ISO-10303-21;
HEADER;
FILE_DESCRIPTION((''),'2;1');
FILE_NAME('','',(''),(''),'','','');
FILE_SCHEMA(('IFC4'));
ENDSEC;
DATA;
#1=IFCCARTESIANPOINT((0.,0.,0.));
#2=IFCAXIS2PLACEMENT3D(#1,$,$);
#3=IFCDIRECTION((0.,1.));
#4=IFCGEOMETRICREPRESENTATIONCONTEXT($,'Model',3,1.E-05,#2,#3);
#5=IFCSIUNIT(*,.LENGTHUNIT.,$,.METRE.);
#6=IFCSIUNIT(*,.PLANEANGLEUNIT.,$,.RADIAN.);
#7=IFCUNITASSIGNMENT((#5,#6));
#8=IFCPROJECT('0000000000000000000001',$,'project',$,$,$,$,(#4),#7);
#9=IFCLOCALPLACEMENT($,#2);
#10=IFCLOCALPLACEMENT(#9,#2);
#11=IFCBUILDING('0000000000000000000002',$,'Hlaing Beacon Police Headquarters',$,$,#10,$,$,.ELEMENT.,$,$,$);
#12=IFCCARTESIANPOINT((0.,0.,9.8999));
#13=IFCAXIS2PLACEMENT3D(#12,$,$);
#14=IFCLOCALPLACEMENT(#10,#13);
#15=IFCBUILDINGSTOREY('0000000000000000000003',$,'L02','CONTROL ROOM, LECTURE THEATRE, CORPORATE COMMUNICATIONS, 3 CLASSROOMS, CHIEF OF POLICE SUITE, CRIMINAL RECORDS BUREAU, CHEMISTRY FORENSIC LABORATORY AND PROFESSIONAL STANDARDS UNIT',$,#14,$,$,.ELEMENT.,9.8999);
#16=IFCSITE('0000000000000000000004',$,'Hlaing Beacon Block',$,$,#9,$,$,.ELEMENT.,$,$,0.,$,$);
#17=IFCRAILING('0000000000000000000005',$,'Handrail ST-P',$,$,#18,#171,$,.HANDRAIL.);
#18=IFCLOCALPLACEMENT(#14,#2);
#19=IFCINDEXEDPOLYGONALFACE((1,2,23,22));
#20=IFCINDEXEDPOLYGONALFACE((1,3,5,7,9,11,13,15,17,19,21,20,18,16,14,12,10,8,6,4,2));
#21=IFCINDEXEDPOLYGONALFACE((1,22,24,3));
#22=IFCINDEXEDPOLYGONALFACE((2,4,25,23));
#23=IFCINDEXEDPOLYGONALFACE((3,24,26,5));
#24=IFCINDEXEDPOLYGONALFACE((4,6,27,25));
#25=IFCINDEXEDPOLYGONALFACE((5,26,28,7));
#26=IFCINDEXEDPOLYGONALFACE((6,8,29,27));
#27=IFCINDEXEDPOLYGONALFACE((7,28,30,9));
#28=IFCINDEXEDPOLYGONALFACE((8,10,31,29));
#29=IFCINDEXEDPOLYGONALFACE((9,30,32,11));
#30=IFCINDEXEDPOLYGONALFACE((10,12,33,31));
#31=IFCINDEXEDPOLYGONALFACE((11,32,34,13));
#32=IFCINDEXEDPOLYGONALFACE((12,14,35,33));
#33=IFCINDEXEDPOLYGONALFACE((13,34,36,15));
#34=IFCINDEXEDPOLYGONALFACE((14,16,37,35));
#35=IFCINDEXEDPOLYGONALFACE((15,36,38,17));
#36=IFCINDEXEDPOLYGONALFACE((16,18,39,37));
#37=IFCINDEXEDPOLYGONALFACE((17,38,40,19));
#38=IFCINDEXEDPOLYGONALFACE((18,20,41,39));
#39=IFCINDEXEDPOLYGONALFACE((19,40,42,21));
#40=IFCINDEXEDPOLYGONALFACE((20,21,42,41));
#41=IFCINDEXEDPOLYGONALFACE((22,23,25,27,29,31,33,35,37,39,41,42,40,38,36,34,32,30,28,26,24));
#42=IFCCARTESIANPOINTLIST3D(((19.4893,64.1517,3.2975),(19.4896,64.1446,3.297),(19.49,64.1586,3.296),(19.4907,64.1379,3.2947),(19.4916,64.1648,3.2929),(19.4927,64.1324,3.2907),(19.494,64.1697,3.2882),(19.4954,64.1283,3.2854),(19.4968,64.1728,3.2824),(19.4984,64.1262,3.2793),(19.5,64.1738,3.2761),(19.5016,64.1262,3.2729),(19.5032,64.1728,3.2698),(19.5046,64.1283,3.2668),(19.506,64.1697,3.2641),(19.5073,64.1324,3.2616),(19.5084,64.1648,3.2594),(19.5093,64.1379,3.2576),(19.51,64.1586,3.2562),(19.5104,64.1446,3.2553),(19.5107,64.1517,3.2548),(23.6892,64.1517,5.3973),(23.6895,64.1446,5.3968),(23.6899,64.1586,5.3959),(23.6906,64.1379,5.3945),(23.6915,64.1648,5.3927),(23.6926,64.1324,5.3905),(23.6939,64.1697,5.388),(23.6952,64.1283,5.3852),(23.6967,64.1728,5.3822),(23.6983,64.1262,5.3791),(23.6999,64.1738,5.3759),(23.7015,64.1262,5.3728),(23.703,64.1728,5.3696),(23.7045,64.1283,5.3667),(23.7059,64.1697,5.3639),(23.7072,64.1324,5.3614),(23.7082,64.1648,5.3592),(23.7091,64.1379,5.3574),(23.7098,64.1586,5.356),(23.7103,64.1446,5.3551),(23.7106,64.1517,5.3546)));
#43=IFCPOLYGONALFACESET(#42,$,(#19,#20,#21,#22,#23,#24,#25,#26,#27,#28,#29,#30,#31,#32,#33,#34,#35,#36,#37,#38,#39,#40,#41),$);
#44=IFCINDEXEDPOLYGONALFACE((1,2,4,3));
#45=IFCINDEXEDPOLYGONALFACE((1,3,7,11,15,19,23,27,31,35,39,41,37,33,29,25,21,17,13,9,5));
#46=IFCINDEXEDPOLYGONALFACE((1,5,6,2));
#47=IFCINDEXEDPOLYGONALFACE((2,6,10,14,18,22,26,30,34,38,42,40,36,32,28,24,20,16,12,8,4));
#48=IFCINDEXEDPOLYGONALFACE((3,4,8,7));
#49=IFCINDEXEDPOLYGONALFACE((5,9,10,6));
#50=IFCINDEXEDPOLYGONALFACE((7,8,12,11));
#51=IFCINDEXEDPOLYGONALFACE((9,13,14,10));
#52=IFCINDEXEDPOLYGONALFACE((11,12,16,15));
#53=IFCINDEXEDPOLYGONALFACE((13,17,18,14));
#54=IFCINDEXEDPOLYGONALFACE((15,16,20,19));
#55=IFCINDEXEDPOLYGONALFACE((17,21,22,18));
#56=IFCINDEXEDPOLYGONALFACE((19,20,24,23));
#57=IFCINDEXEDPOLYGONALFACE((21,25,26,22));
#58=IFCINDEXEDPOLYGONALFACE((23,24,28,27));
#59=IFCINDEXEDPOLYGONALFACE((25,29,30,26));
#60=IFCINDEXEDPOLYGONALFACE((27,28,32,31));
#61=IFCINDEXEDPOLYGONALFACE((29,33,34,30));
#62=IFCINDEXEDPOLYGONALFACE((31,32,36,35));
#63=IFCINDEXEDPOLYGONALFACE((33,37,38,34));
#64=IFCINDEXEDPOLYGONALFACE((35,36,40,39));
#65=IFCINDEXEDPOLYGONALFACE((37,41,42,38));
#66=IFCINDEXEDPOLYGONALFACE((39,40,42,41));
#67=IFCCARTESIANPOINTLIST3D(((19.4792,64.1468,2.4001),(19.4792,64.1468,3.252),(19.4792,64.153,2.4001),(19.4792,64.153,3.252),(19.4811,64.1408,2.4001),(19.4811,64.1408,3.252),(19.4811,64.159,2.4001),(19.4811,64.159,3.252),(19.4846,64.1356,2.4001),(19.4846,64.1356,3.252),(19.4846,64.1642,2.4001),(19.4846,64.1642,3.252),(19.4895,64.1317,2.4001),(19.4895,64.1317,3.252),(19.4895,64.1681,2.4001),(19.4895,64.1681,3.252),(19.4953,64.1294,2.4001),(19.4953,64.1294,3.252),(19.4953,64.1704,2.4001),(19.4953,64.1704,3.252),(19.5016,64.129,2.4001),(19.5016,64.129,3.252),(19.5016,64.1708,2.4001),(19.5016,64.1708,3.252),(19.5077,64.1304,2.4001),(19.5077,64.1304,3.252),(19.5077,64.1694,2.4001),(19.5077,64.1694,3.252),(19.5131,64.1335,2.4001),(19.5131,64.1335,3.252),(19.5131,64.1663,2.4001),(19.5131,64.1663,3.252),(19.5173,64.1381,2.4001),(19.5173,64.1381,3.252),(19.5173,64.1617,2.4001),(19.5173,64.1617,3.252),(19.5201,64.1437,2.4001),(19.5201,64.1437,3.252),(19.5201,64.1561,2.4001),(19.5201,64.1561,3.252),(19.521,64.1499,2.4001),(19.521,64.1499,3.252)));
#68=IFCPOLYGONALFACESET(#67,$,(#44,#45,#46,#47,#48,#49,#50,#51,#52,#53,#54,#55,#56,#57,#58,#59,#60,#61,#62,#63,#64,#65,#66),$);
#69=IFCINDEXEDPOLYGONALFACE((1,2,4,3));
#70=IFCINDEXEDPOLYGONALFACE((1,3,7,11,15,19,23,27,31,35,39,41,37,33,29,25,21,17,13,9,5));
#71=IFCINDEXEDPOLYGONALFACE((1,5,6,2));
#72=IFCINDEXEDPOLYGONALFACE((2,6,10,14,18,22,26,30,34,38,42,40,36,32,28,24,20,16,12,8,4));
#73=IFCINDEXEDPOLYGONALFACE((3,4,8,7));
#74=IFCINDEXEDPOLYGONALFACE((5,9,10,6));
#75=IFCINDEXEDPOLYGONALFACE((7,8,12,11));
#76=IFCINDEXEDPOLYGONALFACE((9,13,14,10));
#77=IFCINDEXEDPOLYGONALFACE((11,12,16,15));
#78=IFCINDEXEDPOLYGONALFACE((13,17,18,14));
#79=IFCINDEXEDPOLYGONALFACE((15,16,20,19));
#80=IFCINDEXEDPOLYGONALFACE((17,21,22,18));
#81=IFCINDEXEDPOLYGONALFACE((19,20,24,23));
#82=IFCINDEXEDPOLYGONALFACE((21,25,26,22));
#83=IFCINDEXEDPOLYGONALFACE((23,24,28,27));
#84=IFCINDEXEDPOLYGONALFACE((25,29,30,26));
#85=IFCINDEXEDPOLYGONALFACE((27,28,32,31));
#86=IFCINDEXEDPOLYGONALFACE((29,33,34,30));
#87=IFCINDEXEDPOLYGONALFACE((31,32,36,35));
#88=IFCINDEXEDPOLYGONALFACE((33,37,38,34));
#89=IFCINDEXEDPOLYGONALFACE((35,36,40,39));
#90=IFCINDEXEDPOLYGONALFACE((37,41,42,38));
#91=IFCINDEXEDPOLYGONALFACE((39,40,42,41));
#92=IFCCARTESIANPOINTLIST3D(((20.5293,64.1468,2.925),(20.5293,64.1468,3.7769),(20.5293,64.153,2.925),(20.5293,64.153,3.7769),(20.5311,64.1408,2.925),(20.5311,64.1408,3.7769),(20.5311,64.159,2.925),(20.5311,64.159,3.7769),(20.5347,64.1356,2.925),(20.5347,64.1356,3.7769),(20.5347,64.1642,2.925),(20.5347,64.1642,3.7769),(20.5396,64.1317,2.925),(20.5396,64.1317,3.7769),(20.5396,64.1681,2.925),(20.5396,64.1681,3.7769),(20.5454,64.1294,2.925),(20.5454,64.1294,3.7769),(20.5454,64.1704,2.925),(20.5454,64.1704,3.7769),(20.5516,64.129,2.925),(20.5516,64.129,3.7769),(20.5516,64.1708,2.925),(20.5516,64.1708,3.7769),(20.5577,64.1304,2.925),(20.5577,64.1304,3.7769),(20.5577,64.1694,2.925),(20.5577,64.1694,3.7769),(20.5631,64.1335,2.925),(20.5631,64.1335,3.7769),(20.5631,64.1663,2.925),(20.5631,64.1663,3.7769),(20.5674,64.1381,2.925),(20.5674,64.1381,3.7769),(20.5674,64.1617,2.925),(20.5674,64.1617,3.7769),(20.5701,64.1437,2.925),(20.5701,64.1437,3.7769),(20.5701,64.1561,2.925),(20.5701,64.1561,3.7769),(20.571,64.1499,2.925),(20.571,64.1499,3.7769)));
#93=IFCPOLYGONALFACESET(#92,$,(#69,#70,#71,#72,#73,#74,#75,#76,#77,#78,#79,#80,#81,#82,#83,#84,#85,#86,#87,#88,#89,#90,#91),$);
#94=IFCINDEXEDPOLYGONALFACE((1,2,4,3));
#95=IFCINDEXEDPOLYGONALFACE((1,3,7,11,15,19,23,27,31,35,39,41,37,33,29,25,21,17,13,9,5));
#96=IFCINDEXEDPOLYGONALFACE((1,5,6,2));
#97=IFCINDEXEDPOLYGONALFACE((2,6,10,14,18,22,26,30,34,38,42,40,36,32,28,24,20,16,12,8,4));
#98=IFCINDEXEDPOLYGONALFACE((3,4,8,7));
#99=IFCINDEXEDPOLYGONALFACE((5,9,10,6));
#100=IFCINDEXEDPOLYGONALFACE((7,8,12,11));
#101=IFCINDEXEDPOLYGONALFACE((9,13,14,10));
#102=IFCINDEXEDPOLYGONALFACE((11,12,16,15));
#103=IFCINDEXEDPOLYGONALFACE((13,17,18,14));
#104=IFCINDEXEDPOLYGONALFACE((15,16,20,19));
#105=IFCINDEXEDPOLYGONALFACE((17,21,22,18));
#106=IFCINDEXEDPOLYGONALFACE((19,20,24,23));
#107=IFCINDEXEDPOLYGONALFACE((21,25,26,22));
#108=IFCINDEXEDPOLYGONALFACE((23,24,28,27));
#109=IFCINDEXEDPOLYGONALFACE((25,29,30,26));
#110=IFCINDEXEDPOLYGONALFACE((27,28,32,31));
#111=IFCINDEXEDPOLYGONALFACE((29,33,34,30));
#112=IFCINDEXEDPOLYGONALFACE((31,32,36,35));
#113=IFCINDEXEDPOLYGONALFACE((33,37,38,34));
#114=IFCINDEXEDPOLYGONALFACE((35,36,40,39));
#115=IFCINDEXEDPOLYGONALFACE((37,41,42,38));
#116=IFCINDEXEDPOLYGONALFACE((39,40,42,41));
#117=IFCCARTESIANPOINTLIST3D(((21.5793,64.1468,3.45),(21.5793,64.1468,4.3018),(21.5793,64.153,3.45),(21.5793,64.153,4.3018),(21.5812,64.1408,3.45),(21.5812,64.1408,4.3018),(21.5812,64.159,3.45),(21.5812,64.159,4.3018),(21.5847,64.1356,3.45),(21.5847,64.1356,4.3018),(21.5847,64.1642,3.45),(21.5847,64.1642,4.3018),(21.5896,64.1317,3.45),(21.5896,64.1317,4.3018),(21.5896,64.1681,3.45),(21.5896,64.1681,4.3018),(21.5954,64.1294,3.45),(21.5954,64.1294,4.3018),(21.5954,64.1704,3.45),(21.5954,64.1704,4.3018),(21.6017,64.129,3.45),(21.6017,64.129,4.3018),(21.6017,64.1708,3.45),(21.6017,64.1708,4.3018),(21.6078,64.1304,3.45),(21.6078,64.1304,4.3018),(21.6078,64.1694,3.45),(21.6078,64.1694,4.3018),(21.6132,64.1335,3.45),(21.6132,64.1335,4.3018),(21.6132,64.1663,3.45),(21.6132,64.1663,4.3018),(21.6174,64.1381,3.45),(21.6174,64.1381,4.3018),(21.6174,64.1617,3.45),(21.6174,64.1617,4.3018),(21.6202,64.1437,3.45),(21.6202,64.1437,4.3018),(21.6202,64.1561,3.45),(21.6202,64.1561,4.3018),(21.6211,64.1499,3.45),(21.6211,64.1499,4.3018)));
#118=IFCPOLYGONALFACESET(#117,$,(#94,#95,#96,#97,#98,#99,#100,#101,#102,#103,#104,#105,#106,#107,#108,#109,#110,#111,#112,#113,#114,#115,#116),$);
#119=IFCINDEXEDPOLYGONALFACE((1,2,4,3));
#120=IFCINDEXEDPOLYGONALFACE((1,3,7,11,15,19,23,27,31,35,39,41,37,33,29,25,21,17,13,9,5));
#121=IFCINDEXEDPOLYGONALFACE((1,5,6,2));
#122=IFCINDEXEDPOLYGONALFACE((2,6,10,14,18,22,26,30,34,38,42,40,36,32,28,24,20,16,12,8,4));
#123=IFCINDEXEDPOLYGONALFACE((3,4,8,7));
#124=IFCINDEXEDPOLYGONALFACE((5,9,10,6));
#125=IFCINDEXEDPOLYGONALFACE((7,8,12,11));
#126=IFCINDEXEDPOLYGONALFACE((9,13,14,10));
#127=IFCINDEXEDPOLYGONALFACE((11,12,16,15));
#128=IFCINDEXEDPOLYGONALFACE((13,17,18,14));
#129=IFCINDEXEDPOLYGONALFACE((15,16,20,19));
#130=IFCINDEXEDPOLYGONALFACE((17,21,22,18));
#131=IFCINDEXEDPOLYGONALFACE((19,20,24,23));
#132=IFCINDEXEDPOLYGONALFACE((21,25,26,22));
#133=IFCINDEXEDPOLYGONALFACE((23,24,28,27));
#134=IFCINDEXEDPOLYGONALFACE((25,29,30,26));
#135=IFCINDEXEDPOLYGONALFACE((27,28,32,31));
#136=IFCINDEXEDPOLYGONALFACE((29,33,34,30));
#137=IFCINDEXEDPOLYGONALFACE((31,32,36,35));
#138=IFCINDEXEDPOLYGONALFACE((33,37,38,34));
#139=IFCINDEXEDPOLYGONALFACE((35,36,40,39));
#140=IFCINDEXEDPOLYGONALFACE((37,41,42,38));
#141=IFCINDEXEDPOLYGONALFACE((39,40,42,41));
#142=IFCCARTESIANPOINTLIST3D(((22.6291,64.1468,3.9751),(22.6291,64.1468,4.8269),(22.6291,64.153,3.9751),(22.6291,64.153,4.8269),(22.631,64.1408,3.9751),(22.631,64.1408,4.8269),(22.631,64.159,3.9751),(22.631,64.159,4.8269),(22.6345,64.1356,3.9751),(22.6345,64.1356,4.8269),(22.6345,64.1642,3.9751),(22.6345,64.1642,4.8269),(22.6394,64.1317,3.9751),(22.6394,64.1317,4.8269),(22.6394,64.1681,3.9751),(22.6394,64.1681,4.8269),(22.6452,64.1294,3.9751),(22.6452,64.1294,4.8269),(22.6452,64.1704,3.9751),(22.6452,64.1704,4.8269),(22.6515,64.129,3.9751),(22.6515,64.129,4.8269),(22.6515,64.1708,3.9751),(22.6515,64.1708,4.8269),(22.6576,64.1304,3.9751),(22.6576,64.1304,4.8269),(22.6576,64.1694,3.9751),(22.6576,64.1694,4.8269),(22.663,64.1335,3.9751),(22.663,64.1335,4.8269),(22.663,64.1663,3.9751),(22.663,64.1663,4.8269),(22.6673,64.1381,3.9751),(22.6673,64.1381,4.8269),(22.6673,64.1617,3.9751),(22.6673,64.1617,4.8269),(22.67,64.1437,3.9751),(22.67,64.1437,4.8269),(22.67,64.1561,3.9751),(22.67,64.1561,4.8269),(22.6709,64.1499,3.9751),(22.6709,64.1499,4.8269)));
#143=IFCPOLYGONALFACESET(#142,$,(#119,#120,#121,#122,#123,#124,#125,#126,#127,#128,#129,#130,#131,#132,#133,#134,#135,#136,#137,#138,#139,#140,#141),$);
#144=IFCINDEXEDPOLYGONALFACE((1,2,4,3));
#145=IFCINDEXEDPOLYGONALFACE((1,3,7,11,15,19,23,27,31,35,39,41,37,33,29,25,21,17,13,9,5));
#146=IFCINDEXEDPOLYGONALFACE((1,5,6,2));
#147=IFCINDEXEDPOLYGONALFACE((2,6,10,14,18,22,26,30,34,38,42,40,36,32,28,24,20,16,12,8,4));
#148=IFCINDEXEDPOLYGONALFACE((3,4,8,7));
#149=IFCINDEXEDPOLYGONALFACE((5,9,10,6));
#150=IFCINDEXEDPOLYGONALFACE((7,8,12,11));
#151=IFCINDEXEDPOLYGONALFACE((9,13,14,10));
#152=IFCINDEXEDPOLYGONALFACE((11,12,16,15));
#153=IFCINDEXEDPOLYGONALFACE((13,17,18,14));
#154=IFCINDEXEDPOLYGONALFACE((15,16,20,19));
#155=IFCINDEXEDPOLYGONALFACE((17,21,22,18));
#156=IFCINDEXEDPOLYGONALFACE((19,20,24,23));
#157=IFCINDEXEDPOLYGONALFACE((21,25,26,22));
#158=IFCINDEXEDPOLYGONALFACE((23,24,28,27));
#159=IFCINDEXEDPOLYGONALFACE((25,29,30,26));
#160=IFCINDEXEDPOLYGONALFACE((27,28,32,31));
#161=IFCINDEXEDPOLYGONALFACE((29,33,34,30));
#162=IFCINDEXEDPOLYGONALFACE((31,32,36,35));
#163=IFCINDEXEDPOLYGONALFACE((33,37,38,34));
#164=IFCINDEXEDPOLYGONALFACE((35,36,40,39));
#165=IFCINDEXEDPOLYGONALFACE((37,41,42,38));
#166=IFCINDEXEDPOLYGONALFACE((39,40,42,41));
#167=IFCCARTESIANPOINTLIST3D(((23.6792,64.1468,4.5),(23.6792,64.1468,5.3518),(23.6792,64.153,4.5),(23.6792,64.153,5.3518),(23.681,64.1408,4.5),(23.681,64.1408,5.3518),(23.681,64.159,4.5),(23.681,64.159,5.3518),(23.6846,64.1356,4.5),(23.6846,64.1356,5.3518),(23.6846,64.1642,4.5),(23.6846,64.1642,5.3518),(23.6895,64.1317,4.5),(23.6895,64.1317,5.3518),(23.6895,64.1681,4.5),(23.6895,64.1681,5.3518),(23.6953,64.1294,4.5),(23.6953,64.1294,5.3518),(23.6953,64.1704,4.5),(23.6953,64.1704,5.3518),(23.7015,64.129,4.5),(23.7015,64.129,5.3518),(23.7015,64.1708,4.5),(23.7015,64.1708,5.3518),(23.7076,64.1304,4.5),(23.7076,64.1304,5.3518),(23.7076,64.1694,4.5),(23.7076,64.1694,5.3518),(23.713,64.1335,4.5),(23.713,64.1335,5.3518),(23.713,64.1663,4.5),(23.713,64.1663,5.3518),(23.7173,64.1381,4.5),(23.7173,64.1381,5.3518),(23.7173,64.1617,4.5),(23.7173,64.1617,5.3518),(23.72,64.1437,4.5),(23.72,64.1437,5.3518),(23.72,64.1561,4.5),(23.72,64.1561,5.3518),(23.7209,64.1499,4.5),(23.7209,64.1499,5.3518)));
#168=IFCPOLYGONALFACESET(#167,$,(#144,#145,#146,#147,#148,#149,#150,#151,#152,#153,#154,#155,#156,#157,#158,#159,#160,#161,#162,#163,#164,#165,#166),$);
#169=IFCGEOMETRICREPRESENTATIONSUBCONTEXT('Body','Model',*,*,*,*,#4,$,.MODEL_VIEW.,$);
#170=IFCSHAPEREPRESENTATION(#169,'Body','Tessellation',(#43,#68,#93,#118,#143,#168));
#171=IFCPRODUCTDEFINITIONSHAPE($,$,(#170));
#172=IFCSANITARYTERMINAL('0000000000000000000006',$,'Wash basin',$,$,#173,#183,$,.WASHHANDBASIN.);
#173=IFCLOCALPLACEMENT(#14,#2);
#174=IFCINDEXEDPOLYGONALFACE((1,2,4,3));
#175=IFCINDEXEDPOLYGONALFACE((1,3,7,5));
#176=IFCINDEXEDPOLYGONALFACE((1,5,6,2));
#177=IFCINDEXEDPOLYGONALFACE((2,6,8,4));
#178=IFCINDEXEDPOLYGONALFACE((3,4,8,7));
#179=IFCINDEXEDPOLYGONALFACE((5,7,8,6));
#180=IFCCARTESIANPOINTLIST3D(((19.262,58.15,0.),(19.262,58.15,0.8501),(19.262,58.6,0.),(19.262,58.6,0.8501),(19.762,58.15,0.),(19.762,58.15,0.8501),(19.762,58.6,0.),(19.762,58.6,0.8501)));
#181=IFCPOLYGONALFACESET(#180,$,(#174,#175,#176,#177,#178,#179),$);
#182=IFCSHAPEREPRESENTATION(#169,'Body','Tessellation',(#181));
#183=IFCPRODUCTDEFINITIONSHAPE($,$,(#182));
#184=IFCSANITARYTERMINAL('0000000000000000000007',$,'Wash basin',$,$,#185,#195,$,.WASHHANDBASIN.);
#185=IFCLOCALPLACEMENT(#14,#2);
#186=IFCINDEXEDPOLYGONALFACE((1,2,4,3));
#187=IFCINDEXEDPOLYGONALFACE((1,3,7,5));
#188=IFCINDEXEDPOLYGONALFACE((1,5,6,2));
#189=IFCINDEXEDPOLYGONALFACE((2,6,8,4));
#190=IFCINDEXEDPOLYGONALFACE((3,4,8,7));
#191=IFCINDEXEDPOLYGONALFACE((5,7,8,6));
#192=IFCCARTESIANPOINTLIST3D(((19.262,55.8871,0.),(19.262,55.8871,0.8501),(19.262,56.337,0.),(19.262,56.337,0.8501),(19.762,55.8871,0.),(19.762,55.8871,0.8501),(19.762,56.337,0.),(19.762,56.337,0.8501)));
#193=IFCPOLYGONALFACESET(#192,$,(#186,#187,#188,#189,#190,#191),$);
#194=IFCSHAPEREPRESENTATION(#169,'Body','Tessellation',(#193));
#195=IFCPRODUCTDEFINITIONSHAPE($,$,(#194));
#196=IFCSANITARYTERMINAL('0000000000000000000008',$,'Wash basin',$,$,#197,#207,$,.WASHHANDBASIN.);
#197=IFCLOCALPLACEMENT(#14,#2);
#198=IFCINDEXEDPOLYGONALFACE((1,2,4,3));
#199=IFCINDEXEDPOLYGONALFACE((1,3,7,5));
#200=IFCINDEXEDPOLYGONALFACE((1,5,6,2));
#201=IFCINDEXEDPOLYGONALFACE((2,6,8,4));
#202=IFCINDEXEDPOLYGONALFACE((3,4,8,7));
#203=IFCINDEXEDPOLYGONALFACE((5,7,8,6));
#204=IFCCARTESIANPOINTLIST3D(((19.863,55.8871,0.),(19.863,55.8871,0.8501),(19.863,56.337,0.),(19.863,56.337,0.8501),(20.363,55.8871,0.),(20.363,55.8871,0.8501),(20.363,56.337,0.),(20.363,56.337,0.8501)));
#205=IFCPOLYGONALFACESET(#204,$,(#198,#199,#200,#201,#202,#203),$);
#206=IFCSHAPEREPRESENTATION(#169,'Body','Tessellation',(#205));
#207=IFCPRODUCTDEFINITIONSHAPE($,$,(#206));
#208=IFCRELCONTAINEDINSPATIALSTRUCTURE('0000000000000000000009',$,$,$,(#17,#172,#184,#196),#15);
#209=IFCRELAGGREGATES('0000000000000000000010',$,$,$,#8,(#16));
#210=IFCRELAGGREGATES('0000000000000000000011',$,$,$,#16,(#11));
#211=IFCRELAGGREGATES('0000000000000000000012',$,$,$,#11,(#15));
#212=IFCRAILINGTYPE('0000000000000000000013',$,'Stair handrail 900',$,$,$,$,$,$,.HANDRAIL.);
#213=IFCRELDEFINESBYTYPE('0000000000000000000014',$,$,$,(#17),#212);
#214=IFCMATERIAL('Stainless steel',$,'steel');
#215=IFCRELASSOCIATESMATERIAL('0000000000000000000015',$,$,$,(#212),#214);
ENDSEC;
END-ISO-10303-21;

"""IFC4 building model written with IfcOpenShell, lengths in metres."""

from ifc_helpers import new_model, si_unit, direction, frame, origin, origin_2d, place, context, subcontext, project, spatial, rectangle, circle, extrude, material, type_object, element, save


model = new_model("IFC4")

# Units and contexts
model_context = context("Model", 3, precision=1e-05, world=origin(), true_north=direction((0.0, 1.0)))
body_context = subcontext(model_context, "Body", "Model", "MODEL_VIEW")
ifc_project = project(units=[si_unit("LENGTHUNIT", "METRE"), si_unit("PLANEANGLEUNIT", "RADIAN")], contexts=[model_context])

# Site, building, storey
site_placement = place(None, origin())
site = spatial("IfcSite", under=ifc_project, at=site_placement, Name="Hlaing Beacon Block", CompositionType="ELEMENT", RefElevation=0.0)
building_placement = place(site_placement, origin())
building = spatial("IfcBuilding", under=site, at=building_placement, Name="Hlaing Beacon Police Headquarters", CompositionType="ELEMENT")
storey_placement = place(building_placement, frame((0.0, 0.0, 9.8999)))
storey = spatial("IfcBuildingStorey", under=building, at=storey_placement, Name="L02", Description="CONTROL ROOM, LECTURE THEATRE, CORPORATE COMMUNICATIONS, 3 CLASSROOMS, CHIEF OF POLICE SUITE, CRIMINAL RECORDS BUREAU, CHEMISTRY FORENSIC LABORATORY AND PROFESSIONAL STANDARDS UNIT", CompositionType="ELEMENT", Elevation=9.8999)

# Railing
ifc_material_1 = material(Name="Stainless steel", Category="steel")
railing_type_1 = type_object("IfcRailingType", Name="Stair handrail 900", PredefinedType="HANDRAIL", material=ifc_material_1)
for number, where, name in (
    (1, (19.5, 64.1499, 2.4001), "Handrail ST-P"),
):
    element("IfcRailing", number, at=place(storey_placement, frame(where)), inside=storey, type_object=railing_type_1, Name=name, PredefinedType="HANDRAIL", context=body_context, shape_type="SweptSolid", body=[
        extrude(circle(Radius=0.0239, at=origin_2d()), frame((0.0, 0.0, 0.876), z_axis=(0.894438, 0.0, 0.447193), x_axis=(0.0, 1.0, 0.0)), (0.0, 0.0, 1.0), 4.6956),
        extrude(circle(Radius=0.021, at=origin_2d()), origin(), (0.0, 0.0, 1.0), 0.8518),
        extrude(circle(Radius=0.021, at=origin_2d()), frame((1.05, 0.0, 0.5249)), (0.0, 0.0, 1.0), 0.8518),
        extrude(circle(Radius=0.021, at=origin_2d()), frame((2.1001, 0.0, 1.0498)), (0.0, 0.0, 1.0), 0.8518),
        extrude(circle(Radius=0.021, at=origin_2d()), frame((3.1499, 0.0, 1.575)), (0.0, 0.0, 1.0), 0.8518),
        extrude(circle(Radius=0.021, at=origin_2d()), frame((4.2, 0.0, 2.0999)), (0.0, 0.0, 1.0), 0.8518),
    ])

# Sanitary terminals
for number, where, z_axis, x_axis, name in (
    (2, (19.512, 58.375, 0.0), (0.0, 0.0, 1.0), (1.0, 0.0, 0.0), "Wash basin"),
    (3, (19.512, 56.1121, 0.0), (0.0, 0.0, 1.0), (1.0, 0.0, 0.0), "Wash basin"),
    (4, (20.113, 56.1121, 0.0), (0.0, 0.0, 1.0), (1.0, 0.0, 0.0), "Wash basin"),
):
    element("IfcSanitaryTerminal", number, at=place(storey_placement, frame(where, z_axis=z_axis, x_axis=x_axis)), inside=storey, Name=name, PredefinedType="WASHHANDBASIN", context=body_context, shape_type="SweptSolid", body=[
        extrude(rectangle(XDim=0.5, YDim=0.45, at=origin_2d()), origin(), (0.0, 0.0, 1.0), 0.8501),
    ])

save(model, "model.ifc")
